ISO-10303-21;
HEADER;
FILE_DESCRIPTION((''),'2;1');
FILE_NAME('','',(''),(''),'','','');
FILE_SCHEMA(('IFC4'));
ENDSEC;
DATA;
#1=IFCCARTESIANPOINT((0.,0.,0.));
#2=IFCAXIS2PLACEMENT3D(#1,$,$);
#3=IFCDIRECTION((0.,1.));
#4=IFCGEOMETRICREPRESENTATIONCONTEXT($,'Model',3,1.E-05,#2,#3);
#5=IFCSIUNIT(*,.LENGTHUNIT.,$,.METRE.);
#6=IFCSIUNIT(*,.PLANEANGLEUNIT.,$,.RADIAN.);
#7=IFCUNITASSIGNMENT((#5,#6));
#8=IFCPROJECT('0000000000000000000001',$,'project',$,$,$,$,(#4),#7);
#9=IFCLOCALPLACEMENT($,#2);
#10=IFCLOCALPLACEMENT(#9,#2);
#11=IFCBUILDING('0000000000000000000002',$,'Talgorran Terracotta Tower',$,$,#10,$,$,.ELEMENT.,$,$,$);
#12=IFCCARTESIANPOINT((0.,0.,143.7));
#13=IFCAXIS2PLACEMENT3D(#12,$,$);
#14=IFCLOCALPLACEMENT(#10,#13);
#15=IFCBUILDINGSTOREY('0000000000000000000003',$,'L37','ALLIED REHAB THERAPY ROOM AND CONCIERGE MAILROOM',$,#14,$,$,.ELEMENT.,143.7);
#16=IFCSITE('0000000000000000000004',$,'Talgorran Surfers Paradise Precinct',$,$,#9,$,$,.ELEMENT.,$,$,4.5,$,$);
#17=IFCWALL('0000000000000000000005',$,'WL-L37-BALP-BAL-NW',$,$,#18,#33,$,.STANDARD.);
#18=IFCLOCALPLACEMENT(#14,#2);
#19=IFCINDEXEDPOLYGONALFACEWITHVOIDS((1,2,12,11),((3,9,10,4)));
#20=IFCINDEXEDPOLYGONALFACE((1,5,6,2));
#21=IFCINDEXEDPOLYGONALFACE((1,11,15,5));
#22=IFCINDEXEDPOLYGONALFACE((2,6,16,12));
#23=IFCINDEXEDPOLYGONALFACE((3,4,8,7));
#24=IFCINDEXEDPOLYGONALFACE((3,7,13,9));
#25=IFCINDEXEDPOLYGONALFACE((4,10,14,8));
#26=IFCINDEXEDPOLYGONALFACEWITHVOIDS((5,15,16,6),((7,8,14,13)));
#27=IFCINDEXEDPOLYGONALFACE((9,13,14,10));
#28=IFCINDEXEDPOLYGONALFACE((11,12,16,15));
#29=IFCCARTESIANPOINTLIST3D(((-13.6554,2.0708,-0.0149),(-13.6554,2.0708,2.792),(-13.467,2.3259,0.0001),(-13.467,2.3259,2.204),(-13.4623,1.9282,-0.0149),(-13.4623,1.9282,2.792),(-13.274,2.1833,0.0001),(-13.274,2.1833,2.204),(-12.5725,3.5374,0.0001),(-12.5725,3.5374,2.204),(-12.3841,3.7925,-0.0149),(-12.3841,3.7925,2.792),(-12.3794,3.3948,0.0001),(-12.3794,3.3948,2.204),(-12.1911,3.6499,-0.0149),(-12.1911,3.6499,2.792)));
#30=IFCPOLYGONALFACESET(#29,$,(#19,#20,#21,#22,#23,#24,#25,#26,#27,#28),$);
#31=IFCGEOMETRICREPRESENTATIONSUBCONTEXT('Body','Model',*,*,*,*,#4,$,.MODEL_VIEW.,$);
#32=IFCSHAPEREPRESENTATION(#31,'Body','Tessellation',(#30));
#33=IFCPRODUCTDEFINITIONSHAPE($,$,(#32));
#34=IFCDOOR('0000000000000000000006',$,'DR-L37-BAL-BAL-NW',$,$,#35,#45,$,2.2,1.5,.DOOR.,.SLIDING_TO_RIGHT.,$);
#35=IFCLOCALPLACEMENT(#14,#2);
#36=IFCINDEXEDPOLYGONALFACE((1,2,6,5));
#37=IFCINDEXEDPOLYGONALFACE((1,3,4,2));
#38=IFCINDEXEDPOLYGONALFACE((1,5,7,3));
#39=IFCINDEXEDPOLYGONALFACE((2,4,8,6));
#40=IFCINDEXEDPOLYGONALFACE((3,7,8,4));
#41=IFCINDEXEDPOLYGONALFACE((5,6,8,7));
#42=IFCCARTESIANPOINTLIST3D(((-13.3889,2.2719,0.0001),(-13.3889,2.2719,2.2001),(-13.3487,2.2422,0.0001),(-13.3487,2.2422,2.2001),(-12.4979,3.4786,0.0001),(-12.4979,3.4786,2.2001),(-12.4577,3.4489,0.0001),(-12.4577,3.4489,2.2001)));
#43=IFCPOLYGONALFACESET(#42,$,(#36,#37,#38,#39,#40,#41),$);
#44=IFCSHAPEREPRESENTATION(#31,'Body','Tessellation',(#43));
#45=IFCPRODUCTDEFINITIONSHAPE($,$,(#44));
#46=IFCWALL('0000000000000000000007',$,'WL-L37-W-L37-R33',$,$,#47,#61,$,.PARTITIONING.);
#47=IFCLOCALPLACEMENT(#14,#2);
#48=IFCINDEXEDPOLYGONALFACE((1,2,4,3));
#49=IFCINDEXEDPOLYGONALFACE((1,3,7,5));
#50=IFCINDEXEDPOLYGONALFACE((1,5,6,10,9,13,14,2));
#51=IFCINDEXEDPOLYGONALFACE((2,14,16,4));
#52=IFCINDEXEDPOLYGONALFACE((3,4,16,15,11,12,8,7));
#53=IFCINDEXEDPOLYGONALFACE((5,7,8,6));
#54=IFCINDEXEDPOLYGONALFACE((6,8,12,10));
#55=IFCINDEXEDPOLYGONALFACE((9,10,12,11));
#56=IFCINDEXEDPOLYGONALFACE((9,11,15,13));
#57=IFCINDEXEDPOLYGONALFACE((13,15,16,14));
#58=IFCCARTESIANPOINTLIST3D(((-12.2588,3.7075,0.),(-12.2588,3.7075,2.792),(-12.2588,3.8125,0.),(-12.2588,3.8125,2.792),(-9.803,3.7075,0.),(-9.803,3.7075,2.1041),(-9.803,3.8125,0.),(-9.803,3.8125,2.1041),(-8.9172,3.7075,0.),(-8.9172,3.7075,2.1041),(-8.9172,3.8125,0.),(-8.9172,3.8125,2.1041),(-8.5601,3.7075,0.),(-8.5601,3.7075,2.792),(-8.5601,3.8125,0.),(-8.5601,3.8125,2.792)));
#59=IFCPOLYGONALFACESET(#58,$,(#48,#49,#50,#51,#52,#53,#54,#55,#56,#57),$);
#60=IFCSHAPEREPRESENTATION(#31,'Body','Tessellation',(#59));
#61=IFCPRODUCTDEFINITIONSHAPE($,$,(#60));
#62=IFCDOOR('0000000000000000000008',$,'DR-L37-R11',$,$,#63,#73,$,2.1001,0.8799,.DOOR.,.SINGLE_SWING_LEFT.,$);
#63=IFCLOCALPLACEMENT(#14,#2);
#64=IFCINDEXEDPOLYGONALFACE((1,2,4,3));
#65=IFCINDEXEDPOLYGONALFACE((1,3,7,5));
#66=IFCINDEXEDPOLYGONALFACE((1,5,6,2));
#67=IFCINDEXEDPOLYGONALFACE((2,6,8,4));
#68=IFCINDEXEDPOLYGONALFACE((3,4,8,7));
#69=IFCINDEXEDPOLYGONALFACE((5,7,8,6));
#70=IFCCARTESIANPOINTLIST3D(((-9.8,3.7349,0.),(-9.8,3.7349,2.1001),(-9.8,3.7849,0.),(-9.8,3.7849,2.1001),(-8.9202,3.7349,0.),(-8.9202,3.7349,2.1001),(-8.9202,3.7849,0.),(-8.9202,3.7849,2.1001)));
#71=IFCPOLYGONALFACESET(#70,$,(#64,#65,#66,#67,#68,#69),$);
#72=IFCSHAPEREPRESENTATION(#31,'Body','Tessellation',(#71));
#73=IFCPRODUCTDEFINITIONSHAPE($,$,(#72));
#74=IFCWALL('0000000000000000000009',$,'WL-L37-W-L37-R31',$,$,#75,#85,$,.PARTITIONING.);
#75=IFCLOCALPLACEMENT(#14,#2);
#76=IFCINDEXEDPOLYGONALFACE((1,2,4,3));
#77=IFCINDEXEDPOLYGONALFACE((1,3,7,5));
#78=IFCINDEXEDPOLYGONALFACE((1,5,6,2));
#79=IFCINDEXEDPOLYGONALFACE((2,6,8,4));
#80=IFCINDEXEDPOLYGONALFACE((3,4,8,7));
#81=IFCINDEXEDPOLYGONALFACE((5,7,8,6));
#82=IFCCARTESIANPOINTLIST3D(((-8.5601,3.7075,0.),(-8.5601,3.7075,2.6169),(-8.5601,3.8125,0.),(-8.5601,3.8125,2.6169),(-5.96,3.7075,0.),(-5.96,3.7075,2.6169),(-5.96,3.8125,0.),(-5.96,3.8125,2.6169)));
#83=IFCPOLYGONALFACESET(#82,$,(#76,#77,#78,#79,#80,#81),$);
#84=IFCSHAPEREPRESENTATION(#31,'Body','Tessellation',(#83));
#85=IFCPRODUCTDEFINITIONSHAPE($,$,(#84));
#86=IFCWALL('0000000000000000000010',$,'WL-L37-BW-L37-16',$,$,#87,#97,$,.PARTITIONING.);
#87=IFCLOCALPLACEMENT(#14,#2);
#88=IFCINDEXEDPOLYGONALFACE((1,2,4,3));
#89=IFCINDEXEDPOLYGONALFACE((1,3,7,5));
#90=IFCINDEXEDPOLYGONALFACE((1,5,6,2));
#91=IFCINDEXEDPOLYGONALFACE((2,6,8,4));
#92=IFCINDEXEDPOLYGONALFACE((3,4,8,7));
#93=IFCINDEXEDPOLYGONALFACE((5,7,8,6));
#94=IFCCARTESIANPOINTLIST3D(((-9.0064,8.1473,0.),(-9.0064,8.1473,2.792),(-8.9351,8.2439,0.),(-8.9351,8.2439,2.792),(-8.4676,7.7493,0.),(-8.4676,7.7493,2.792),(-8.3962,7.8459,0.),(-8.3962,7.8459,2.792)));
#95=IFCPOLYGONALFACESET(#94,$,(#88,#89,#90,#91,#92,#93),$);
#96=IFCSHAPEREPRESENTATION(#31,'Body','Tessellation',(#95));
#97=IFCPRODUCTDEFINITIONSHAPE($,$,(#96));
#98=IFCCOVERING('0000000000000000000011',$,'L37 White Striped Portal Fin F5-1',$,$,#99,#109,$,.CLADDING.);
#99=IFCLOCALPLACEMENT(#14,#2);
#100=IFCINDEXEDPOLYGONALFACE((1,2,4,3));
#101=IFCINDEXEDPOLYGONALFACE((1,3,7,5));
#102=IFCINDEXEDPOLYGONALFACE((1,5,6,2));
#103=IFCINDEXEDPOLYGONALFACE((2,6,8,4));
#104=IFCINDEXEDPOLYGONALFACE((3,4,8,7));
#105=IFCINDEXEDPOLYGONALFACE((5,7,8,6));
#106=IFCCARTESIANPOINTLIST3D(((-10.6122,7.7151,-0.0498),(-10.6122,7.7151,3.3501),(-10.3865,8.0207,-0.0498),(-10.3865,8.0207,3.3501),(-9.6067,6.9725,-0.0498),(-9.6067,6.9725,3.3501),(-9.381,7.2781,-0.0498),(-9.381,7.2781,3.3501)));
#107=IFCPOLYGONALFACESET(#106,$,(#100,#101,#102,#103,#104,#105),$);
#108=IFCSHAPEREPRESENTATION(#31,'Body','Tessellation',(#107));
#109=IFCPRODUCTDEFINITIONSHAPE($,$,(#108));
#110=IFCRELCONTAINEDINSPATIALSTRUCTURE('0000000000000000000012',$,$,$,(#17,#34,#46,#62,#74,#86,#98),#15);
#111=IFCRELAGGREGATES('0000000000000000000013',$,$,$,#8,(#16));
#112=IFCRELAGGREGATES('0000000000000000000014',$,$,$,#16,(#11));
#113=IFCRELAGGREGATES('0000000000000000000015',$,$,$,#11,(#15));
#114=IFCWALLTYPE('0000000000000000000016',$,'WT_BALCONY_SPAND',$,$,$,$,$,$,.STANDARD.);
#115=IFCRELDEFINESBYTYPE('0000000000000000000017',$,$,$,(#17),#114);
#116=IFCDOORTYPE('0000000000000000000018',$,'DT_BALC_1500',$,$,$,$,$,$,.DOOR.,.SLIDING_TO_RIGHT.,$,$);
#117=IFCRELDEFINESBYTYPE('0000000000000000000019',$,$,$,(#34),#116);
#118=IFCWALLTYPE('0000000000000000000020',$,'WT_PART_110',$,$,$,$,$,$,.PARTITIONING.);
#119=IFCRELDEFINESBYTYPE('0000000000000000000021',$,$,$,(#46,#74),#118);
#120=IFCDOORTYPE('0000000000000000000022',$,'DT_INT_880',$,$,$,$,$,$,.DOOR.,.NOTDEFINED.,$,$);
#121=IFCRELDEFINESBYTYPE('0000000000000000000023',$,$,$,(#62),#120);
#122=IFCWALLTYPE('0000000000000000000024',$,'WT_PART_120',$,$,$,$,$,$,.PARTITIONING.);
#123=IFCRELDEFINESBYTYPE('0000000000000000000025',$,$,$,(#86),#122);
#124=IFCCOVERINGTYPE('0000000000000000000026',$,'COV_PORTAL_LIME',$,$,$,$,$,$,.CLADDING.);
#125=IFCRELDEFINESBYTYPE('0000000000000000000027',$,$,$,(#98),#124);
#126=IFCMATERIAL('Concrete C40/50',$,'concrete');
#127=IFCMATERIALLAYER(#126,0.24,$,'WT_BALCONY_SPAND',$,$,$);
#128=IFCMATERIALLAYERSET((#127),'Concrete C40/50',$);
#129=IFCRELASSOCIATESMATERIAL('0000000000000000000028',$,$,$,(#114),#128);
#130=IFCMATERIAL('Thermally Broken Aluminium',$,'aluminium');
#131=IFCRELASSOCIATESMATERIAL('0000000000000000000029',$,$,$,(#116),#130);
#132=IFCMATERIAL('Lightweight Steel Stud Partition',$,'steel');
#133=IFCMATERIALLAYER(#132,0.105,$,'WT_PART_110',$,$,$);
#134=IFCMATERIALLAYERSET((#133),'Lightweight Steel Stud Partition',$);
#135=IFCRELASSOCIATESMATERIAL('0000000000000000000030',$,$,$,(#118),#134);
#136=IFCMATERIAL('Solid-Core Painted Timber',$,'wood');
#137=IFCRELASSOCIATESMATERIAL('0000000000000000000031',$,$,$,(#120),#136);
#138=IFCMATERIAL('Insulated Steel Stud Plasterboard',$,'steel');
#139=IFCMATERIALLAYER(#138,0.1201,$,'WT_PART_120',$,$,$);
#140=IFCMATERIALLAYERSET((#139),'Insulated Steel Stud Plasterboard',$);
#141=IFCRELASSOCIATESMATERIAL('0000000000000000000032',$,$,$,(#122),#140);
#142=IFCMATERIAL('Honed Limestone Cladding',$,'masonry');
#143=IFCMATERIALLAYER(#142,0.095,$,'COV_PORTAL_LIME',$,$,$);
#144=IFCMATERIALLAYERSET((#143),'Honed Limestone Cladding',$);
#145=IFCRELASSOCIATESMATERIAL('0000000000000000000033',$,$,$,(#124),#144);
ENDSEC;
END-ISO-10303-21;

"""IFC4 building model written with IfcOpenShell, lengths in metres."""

from ifc_helpers import new_model, si_unit, direction, frame, frame_2d, origin, origin_2d, place, context, subcontext, project, spatial, rectangle, extrude, material, layer, layer_set, type_object, element, fill, save


model = new_model("IFC4")

# Units and contexts
model_context = context("Model", 3, precision=1e-05, world=origin(), true_north=direction((0.0, 1.0)))
body_context = subcontext(model_context, "Body", "Model", "MODEL_VIEW")
ifc_project = project(units=[si_unit("LENGTHUNIT", "METRE"), si_unit("PLANEANGLEUNIT", "RADIAN")], contexts=[model_context])

# Site, building, storey
site_placement = place(None, origin())
site = spatial("IfcSite", under=ifc_project, at=site_placement, Name="Talgorran Surfers Paradise Precinct", CompositionType="ELEMENT", RefElevation=4.5)
building_placement = place(site_placement, origin())
building = spatial("IfcBuilding", under=site, at=building_placement, Name="Talgorran Terracotta Tower", CompositionType="ELEMENT")
storey_placement = place(building_placement, frame((0.0, 0.0, 143.7)))
storey = spatial("IfcBuildingStorey", under=building, at=storey_placement, Name="L37", Description="ALLIED REHAB THERAPY ROOM AND CONCIERGE MAILROOM", CompositionType="ELEMENT", Elevation=143.7)

# Walls, openings, doors
ifc_material_1 = material(Name="Concrete C40/50", Category="concrete")
ifc_layer_1 = layer(ifc_material_1, 0.24, Name="WT_BALCONY_SPAND")
ifc_layer_set_1 = layer_set([ifc_layer_1], Name="Concrete C40/50")
wall_type_1 = type_object("IfcWallType", Name="WT_BALCONY_SPAND", PredefinedType="STANDARD", material=ifc_layer_set_1)
wall_1_placement = place(storey_placement, frame((-12.2876, 3.7212, -0.0149), z_axis=(0.0, 0.0, 1.0), x_axis=(-0.593996, -0.804468, 0.0)))
wall_1 = element("IfcWall", 1, at=wall_1_placement, inside=storey, type_object=wall_type_1, Name="WL-L37-BALP-BAL-NW", PredefinedType="STANDARD", context=body_context, shape_type="SweptSolid", body=[
    extrude(rectangle(XDim=2.1401, YDim=0.24, at=frame_2d((1.0701, 0.0))), origin(), (0.0, 0.0, 1.0), 2.8069),
])
opening_1_placement = place(wall_1_placement, frame((0.3201, 0.0, 0.0149)))
opening_1 = element("IfcOpeningElement", 2, at=opening_1_placement, cuts=wall_1, PredefinedType="OPENING", context=body_context, shape_type="SweptSolid", body=[
    extrude(rectangle(XDim=1.506, YDim=2.204, at=frame_2d((0.75, 1.1021))), frame((0.0, 0.1299, 0.0), z_axis=(0.0, -1.0, 0.0), x_axis=(1.0, 0.0, 0.0)), (0.0, 0.0, 1.0), 0.26),
])
ifc_material_2 = material(Name="Thermally Broken Aluminium", Category="aluminium")
door_type_1 = type_object("IfcDoorType", Name="DT_BALC_1500", OperationType="SLIDING_TO_RIGHT", PredefinedType="DOOR", material=ifc_material_2)
door_1_placement = place(opening_1_placement, origin())
door_1 = element("IfcDoor", 3, at=door_1_placement, inside=storey, type_object=door_type_1, Name="DR-L37-BAL-BAL-NW", OperationType="SLIDING_TO_RIGHT", OverallHeight=2.2, OverallWidth=1.5, PredefinedType="DOOR", context=body_context, shape_type="SweptSolid", body=[
    extrude(rectangle(XDim=1.5, YDim=2.2, at=frame_2d((0.75, 1.1001))), frame((0.0, 0.0249, 0.0), z_axis=(0.0, -1.0, 0.0), x_axis=(1.0, 0.0, 0.0)), (0.0, 0.0, 1.0), 0.05),
])
fill(opening_1, door_1)
ifc_material_3 = material(Name="Lightweight Steel Stud Partition", Category="steel")
ifc_layer_2 = layer(ifc_material_3, 0.105, Name="WT_PART_110")
ifc_layer_set_2 = layer_set([ifc_layer_2], Name="Lightweight Steel Stud Partition")
wall_type_2 = type_object("IfcWallType", Name="WT_PART_110", PredefinedType="PARTITIONING", material=ifc_layer_set_2)
wall_2_placement = place(storey_placement, frame((-12.2588, 3.76, 0.0), z_axis=(0.0, 0.0, 1.0), x_axis=(1.0, 0.0, 0.0)))
wall_2 = element("IfcWall", 4, at=wall_2_placement, inside=storey, type_object=wall_type_2, Name="WL-L37-W-L37-R33", PredefinedType="PARTITIONING", context=body_context, shape_type="SweptSolid", body=[
    extrude(rectangle(XDim=3.6987, YDim=0.105, at=frame_2d((1.8494, 0.0))), origin(), (0.0, 0.0, 1.0), 2.792),
])
opening_2_placement = place(wall_2_placement, frame((2.4587, 0.0, 0.0)))
opening_2 = element("IfcOpeningElement", 5, at=opening_2_placement, cuts=wall_2, PredefinedType="OPENING", context=body_context, shape_type="SweptSolid", body=[
    extrude(rectangle(XDim=0.8859, YDim=2.1041, at=frame_2d((0.4399, 1.052))), frame((0.0, 0.0625, 0.0), z_axis=(0.0, -1.0, 0.0), x_axis=(1.0, 0.0, 0.0)), (0.0, 0.0, 1.0), 0.125),
])
ifc_material_4 = material(Name="Solid-Core Painted Timber", Category="wood")
door_type_2 = type_object("IfcDoorType", Name="DT_INT_880", OperationType="NOTDEFINED", PredefinedType="DOOR", material=ifc_material_4)
door_2_placement = place(opening_2_placement, origin())
door_2 = element("IfcDoor", 6, at=door_2_placement, inside=storey, type_object=door_type_2, Name="DR-L37-R11", OperationType="SINGLE_SWING_LEFT", OverallHeight=2.1001, OverallWidth=0.8799, PredefinedType="DOOR", context=body_context, shape_type="SweptSolid", body=[
    extrude(rectangle(XDim=0.8799, YDim=2.1001, at=frame_2d((0.4399, 1.05))), frame((0.0, 0.0249, 0.0), z_axis=(0.0, -1.0, 0.0), x_axis=(1.0, 0.0, 0.0)), (0.0, 0.0, 1.0), 0.05),
])
fill(opening_2, door_2)

# Walls
wall_3_placement = place(storey_placement, frame((-8.5601, 3.76, 0.0), z_axis=(0.0, 0.0, 1.0), x_axis=(1.0, 0.0, 0.0)))
element("IfcWall", 7, at=wall_3_placement, inside=storey, type_object=wall_type_2, Name="WL-L37-W-L37-R31", PredefinedType="PARTITIONING", context=body_context, shape_type="SweptSolid", body=[
    extrude(rectangle(XDim=2.6001, YDim=0.105, at=frame_2d((1.3, 0.0))), origin(), (0.0, 0.0, 1.0), 2.6169),
])
ifc_material_5 = material(Name="Insulated Steel Stud Plasterboard", Category="steel")
ifc_layer_3 = layer(ifc_material_5, 0.1201, Name="WT_PART_120")
ifc_layer_set_3 = layer_set([ifc_layer_3], Name="Insulated Steel Stud Plasterboard")
wall_type_3 = type_object("IfcWallType", Name="WT_PART_120", PredefinedType="PARTITIONING", material=ifc_layer_set_3)
wall_4_placement = place(storey_placement, frame((-8.4319, 7.7976, 0.0), z_axis=(0.0, 0.0, 1.0), x_axis=(-0.804396, 0.594094, 0.0)))
element("IfcWall", 8, at=wall_4_placement, inside=storey, type_object=wall_type_3, Name="WL-L37-BW-L37-16", PredefinedType="PARTITIONING", context=body_context, shape_type="SweptSolid", body=[
    extrude(rectangle(XDim=0.6699, YDim=0.1201, at=frame_2d((0.335, 0.0))), origin(), (0.0, 0.0, 1.0), 2.792),
])

# Covering
ifc_material_6 = material(Name="Honed Limestone Cladding", Category="masonry")
ifc_layer_4 = layer(ifc_material_6, 0.095, Name="COV_PORTAL_LIME")
ifc_layer_set_4 = layer_set([ifc_layer_4], Name="Honed Limestone Cladding")
covering_type = type_object("IfcCoveringType", Name="COV_PORTAL_LIME", PredefinedType="CLADDING", material=ifc_layer_set_4)
covering_placement = place(storey_placement, frame((-9.9966, 7.4966, -0.0498), z_axis=(0.0, 0.0, 1.0), x_axis=(-0.594079, -0.804407, 0.0)))
element("IfcCovering", 9, at=covering_placement, inside=storey, type_object=covering_type, Name="L37 White Striped Portal Fin F5-1", PredefinedType="CLADDING", context=body_context, shape_type="SweptSolid", body=[
    extrude(rectangle(XDim=0.3799, YDim=1.25, at=origin_2d()), origin(), (0.0, 0.0, 1.0), 3.3999),
])

save(model, "model.ifc")
